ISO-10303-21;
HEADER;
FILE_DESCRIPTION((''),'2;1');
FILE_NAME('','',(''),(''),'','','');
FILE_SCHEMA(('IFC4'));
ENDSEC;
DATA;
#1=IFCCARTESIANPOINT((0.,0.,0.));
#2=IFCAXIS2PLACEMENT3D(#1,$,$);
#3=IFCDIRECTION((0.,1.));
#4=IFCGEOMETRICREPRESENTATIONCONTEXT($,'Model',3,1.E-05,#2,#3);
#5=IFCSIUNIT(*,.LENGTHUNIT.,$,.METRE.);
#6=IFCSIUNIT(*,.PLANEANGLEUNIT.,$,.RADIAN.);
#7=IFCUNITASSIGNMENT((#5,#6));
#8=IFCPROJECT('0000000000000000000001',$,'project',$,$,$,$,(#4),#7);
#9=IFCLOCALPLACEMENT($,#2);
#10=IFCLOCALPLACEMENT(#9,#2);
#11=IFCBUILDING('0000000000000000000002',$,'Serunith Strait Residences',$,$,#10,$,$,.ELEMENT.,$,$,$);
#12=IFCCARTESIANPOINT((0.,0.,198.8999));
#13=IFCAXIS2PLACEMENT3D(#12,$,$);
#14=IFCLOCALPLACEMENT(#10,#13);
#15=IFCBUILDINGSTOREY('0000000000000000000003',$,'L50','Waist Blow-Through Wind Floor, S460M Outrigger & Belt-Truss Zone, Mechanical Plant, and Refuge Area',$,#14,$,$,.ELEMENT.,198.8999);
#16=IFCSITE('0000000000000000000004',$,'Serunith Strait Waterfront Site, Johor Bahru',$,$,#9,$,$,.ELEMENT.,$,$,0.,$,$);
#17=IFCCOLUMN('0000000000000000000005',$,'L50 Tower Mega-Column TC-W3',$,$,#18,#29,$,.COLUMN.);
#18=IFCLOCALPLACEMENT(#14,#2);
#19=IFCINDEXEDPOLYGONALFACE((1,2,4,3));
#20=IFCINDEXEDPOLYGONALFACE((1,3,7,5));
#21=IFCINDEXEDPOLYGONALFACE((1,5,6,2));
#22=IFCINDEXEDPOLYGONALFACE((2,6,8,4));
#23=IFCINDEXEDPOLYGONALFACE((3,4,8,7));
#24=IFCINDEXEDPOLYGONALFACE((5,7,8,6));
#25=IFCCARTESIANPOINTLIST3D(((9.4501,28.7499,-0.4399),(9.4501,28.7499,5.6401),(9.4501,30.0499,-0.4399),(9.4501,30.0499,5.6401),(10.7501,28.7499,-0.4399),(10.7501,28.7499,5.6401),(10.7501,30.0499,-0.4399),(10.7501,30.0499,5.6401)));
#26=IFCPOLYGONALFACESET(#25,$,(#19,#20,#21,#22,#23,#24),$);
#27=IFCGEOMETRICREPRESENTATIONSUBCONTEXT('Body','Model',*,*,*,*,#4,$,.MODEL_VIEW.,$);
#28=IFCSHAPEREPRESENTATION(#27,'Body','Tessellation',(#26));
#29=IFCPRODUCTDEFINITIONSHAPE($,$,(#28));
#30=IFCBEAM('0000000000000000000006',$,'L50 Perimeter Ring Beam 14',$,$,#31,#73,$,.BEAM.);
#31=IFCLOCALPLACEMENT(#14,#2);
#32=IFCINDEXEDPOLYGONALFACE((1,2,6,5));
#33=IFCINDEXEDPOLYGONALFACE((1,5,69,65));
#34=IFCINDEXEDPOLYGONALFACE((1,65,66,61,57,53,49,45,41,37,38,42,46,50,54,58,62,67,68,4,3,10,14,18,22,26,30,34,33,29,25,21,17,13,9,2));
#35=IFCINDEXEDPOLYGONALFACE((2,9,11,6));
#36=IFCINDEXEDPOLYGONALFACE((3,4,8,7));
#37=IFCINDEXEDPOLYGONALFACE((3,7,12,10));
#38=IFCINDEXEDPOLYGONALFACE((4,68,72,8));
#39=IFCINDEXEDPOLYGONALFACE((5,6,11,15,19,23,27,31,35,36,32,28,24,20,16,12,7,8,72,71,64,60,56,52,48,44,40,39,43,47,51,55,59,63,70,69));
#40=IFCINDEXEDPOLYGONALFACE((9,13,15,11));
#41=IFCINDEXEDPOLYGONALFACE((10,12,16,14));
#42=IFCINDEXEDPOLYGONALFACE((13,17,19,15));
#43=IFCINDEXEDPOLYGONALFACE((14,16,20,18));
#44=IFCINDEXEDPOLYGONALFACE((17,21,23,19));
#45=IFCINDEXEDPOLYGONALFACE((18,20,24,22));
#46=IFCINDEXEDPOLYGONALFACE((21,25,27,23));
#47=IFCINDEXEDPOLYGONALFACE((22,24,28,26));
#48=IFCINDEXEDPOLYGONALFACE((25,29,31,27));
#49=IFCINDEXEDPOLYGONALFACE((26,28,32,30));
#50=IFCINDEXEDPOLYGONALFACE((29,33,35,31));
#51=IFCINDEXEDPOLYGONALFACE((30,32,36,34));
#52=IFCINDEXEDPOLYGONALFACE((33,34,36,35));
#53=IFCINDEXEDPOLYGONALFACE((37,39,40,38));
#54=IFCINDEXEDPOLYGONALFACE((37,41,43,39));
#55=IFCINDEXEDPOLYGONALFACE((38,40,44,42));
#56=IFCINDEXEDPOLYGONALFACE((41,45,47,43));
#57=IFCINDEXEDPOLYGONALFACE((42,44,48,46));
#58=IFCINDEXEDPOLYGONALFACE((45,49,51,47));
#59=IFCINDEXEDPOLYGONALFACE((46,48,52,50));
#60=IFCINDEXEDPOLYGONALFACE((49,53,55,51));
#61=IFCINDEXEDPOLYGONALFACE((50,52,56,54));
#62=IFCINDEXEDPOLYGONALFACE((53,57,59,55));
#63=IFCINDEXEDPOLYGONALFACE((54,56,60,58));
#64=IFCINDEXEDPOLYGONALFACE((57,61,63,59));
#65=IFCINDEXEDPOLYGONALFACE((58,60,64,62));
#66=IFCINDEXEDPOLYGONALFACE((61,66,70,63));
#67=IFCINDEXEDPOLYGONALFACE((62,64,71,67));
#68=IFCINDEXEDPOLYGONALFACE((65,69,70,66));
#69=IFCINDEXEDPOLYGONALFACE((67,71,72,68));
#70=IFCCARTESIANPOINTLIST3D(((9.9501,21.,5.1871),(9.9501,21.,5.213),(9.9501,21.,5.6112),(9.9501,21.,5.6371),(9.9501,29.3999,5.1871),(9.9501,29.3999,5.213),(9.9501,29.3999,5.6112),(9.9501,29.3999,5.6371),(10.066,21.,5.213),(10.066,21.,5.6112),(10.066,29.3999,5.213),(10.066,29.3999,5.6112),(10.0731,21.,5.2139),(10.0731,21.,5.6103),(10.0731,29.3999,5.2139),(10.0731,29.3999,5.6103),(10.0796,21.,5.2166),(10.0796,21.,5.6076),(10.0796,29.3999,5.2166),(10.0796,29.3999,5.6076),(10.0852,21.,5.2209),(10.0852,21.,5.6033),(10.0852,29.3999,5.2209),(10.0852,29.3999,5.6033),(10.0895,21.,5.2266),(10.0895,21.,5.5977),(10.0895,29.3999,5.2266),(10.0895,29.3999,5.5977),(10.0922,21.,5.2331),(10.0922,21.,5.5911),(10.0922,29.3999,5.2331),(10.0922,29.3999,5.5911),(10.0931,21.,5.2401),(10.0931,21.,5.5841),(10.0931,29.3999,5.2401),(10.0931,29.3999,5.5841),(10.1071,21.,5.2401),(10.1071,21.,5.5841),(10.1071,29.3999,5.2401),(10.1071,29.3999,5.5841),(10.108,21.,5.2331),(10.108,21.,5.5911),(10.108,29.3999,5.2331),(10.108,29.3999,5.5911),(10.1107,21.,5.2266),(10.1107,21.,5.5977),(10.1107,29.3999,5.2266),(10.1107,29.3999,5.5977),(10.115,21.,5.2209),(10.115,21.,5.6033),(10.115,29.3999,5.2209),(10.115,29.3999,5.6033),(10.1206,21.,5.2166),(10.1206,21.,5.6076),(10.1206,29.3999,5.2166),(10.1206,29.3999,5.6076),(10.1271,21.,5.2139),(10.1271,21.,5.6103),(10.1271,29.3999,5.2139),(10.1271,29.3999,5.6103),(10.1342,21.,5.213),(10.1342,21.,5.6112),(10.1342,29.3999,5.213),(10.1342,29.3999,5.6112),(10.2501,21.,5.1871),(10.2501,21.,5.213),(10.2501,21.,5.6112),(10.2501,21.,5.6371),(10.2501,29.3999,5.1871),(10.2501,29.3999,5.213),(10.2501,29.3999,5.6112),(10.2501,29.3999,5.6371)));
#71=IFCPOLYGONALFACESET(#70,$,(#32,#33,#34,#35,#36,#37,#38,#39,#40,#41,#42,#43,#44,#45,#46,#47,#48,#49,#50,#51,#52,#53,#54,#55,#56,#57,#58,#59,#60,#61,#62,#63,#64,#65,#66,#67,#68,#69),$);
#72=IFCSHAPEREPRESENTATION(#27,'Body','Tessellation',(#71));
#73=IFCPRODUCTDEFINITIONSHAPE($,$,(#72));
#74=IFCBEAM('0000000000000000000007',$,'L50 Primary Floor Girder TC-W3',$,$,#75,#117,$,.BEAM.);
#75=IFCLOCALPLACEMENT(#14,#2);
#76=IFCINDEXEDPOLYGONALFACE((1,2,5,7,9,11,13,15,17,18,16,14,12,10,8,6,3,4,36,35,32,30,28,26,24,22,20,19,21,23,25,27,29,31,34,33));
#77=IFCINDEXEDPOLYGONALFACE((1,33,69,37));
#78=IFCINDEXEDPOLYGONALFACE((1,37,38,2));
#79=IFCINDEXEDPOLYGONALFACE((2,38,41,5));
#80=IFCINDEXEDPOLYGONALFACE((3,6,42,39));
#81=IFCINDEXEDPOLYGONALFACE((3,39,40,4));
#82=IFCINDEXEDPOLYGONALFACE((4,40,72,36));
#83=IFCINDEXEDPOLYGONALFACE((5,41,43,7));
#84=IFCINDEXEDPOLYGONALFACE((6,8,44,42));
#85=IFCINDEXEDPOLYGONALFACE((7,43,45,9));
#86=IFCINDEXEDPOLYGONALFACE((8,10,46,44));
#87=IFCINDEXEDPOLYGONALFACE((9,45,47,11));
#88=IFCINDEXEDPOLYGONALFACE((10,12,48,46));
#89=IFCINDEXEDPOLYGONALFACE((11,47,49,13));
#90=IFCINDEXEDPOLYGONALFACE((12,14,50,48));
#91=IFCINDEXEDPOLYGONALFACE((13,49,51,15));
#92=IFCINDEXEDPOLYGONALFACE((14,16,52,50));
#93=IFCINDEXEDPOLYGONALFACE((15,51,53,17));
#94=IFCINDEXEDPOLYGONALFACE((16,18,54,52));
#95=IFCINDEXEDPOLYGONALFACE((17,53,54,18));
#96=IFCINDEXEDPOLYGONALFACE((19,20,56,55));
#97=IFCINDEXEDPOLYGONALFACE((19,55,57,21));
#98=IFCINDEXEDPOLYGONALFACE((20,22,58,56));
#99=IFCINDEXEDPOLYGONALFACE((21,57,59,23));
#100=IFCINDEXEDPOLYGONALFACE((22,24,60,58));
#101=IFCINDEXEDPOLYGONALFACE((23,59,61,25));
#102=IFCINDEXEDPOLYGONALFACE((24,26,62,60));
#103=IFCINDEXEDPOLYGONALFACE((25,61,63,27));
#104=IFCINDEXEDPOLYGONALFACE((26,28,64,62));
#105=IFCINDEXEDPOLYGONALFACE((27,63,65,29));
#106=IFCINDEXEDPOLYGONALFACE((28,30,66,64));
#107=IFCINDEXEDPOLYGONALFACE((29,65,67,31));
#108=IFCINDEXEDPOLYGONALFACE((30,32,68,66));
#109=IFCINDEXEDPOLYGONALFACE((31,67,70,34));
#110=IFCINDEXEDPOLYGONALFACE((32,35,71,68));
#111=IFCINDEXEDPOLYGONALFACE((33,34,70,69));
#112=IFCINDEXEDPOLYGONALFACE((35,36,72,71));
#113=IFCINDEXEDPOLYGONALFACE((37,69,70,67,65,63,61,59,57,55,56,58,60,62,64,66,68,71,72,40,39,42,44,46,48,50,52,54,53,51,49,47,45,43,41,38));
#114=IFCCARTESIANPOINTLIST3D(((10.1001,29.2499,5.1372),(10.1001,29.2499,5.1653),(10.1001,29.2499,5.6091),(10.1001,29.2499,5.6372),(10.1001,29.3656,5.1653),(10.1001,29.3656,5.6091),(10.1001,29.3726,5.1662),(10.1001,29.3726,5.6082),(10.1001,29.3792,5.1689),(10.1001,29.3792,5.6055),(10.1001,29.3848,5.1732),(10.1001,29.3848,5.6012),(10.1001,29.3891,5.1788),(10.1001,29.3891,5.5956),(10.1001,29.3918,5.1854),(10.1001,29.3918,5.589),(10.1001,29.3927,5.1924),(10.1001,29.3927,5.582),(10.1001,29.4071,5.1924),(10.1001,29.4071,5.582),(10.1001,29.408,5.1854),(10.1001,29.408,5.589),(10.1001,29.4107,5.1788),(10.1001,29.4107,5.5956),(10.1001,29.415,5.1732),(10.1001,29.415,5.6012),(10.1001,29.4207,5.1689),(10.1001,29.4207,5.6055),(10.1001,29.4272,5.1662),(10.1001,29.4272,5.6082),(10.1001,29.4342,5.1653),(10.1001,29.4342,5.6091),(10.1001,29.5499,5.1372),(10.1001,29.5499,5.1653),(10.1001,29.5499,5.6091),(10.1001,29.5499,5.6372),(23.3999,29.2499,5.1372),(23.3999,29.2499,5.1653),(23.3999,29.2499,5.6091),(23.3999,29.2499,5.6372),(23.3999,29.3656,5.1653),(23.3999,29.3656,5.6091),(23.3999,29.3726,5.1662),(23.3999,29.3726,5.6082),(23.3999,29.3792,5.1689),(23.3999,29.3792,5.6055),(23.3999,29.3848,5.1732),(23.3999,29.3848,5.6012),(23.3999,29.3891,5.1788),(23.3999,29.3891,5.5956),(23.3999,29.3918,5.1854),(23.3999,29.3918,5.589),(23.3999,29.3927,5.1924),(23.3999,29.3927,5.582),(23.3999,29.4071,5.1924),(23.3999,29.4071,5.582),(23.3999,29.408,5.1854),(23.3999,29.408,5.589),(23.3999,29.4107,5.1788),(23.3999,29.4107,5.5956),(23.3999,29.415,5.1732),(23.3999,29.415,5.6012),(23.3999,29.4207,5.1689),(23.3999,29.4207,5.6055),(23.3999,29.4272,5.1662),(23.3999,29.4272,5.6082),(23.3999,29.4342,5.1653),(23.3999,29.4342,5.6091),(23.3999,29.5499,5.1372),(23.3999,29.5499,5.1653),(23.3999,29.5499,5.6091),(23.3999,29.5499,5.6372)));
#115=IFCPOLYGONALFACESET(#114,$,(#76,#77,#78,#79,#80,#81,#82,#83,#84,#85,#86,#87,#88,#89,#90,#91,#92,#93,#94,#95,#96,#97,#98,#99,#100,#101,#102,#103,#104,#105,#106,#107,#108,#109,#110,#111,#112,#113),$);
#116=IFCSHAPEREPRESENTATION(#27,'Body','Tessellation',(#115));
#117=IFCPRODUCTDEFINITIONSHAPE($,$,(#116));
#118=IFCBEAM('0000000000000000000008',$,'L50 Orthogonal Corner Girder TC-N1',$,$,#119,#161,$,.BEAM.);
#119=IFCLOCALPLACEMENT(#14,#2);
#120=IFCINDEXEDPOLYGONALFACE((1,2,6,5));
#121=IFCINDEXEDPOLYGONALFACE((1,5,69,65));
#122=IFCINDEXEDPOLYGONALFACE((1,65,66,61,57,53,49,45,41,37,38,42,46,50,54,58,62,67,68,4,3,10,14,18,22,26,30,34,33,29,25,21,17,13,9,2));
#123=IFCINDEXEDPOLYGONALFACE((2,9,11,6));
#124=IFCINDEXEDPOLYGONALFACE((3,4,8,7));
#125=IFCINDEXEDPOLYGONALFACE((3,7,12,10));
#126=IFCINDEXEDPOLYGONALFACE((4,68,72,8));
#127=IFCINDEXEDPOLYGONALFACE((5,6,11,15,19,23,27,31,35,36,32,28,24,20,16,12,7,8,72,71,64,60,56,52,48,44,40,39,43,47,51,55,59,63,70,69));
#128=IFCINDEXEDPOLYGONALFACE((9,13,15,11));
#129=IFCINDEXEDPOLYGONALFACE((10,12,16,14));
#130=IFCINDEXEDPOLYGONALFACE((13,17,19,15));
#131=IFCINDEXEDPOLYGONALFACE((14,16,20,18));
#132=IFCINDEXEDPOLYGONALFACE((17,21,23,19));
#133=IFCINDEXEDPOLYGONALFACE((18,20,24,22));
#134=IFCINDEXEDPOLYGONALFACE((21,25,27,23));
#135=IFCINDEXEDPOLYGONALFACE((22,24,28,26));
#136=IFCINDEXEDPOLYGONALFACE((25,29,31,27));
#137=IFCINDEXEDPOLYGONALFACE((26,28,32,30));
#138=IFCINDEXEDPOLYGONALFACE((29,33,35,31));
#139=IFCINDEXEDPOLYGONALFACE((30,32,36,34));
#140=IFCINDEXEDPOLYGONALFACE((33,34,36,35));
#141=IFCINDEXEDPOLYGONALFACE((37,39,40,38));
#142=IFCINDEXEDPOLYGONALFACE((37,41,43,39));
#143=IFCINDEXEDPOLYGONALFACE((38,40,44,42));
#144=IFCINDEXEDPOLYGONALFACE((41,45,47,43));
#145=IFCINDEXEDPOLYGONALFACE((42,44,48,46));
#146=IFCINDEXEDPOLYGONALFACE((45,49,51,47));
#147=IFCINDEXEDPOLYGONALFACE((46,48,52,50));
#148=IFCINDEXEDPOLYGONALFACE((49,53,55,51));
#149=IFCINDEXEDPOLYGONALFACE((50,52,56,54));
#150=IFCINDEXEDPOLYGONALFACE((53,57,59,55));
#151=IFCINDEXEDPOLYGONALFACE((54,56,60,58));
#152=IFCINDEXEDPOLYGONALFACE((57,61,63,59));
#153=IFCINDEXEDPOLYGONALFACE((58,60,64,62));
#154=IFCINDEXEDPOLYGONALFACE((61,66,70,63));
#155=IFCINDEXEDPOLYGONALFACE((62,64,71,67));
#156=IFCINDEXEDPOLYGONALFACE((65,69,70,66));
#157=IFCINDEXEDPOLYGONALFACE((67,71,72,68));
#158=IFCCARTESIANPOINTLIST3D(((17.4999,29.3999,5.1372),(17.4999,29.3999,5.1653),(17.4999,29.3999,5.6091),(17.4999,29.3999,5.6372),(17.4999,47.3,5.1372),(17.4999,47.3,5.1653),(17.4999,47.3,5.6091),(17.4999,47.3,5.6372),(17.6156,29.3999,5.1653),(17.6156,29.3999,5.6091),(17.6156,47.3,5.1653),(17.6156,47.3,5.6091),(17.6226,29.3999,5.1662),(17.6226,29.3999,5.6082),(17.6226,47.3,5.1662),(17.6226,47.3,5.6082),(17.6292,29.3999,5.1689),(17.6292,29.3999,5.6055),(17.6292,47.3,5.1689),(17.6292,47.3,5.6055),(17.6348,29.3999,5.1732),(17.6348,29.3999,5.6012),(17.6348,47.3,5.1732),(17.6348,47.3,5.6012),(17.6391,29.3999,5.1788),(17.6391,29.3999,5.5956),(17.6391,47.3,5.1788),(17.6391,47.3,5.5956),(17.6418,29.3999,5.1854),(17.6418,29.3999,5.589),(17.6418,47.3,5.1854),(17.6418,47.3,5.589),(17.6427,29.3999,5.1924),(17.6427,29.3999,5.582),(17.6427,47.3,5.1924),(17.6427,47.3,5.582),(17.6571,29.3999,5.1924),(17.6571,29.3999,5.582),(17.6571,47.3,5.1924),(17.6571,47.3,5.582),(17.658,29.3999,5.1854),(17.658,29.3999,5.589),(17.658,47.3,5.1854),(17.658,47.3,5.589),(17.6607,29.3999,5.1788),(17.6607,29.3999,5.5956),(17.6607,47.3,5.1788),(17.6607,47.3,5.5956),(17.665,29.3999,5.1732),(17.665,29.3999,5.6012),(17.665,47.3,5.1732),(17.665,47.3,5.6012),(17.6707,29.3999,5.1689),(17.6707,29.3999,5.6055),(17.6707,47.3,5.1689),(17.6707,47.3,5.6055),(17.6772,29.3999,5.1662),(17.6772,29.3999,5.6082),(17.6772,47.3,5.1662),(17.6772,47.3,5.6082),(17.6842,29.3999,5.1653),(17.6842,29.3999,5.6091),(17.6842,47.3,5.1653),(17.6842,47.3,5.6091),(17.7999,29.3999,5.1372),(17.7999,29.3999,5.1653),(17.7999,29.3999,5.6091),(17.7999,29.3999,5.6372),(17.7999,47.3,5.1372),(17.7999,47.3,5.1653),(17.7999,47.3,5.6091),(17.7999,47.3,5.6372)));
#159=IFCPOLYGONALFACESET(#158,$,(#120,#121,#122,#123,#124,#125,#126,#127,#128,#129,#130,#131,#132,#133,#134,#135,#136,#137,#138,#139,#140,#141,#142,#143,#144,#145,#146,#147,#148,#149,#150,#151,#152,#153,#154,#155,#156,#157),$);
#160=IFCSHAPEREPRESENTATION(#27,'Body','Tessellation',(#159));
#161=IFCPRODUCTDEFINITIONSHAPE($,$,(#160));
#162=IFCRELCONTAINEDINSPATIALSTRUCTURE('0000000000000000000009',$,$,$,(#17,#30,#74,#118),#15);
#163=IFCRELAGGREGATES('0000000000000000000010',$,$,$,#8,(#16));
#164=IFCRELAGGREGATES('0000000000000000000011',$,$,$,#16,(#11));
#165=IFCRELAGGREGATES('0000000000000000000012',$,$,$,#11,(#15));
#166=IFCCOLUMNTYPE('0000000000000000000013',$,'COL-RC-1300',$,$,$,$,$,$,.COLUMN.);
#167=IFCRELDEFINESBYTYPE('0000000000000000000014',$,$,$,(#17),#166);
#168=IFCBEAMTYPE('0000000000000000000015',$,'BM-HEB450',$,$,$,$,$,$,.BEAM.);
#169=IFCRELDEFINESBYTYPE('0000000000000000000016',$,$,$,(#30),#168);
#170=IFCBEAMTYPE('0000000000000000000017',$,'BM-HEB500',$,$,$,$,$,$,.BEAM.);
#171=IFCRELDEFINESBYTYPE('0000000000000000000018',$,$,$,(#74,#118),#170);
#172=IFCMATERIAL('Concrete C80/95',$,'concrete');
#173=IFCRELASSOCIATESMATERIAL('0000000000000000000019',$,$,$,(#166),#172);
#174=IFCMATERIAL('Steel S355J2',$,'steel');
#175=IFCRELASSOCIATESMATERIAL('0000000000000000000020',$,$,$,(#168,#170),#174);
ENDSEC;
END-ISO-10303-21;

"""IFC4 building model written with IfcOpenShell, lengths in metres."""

from ifc_helpers import new_model, si_unit, direction, frame, origin, origin_2d, place, context, subcontext, project, spatial, rectangle, i_section, extrude, source, transform, mapped, material, material_profile, profile_set, type_object, element, save


model = new_model("IFC4")

# Units and contexts
model_context = context("Model", 3, precision=1e-05, world=origin(), true_north=direction((0.0, 1.0)))
body_context = subcontext(model_context, "Body", "Model", "MODEL_VIEW")
ifc_project = project(units=[si_unit("LENGTHUNIT", "METRE"), si_unit("PLANEANGLEUNIT", "RADIAN")], contexts=[model_context])

# Site, building, storey
site_placement = place(None, origin())
site = spatial("IfcSite", under=ifc_project, at=site_placement, Name="Serunith Strait Waterfront Site, Johor Bahru", CompositionType="ELEMENT", RefElevation=0.0)
building_placement = place(site_placement, origin())
building = spatial("IfcBuilding", under=site, at=building_placement, Name="Serunith Strait Residences", CompositionType="ELEMENT")
storey_placement = place(building_placement, frame((0.0, 0.0, 198.8999)))
storey = spatial("IfcBuildingStorey", under=building, at=storey_placement, Name="L50", Description="Waist Blow-Through Wind Floor, S460M Outrigger & Belt-Truss Zone, Mechanical Plant, and Refuge Area", CompositionType="ELEMENT", Elevation=198.8999)

# Column
ifc_material_1 = material(Name="Concrete C80/95", Category="concrete")
ifc_material_profile_1 = material_profile(ifc_material_1, rectangle(XDim=1.3, YDim=1.3, at=origin_2d()), Name="RC 1300x1300")
ifc_profile_set_1 = profile_set([ifc_material_profile_1], Name="Concrete C80/95")
column_type = type_object("IfcColumnType", Name="COL-RC-1300", PredefinedType="COLUMN", material=ifc_profile_set_1)
shared_shape_1 = source(origin(), body_context, "Body", "SweptSolid", [
    extrude(rectangle(XDim=1.3, YDim=1.3, at=origin_2d()), origin(), (0.0, 0.0, 1.0), 6.0801),
])
column_placement = place(storey_placement, frame((10.1001, 29.3999, -0.4399), z_axis=(0.0, 0.0, 1.0), x_axis=(1.0, 0.0, 0.0)))
element("IfcColumn", 1, at=column_placement, inside=storey, type_object=column_type, Name="L50 Tower Mega-Column TC-W3", PredefinedType="COLUMN", context=body_context, shape_type="MappedRepresentation", body=[
    mapped(shared_shape_1, transform((0.0, 0.0, 0.0), scale=1.0)),
])

# Beams
ifc_material_2 = material(Name="Steel S355J2", Category="steel")
ifc_material_profile_2 = material_profile(ifc_material_2, i_section(OverallWidth=0.3, OverallDepth=0.45, WebThickness=0.0139, FlangeThickness=0.0259, FilletRadius=0.0271, at=origin_2d()), Name="HEB 450")
ifc_profile_set_2 = profile_set([ifc_material_profile_2], Name="Steel S355J2")
beam_type_1 = type_object("IfcBeamType", Name="BM-HEB450", PredefinedType="BEAM", material=ifc_profile_set_2)
shared_shape_2 = source(origin(), body_context, "Body", "SweptSolid", [
    extrude(i_section(OverallWidth=0.3, OverallDepth=0.45, WebThickness=0.0139, FlangeThickness=0.0259, FilletRadius=0.0271, at=origin_2d()), origin(), (0.0, 0.0, 1.0), 8.3999),
])
beam_1_placement = place(storey_placement, frame((10.1001, 29.3999, 5.4121), z_axis=(0.0, -1.0, 0.0), x_axis=(1.0, 0.0, 0.0)))
element("IfcBeam", 2, at=beam_1_placement, inside=storey, type_object=beam_type_1, Name="L50 Perimeter Ring Beam 14", PredefinedType="BEAM", context=body_context, shape_type="MappedRepresentation", body=[
    mapped(shared_shape_2, transform((0.0, 0.0, 0.0), scale=1.0)),
])
ifc_material_profile_3 = material_profile(ifc_material_2, i_section(OverallWidth=0.3, OverallDepth=0.5, WebThickness=0.0144, FlangeThickness=0.0281, FilletRadius=0.0271, at=origin_2d()), Name="HEB 500")
ifc_profile_set_3 = profile_set([ifc_material_profile_3], Name="Steel S355J2")
beam_type_2 = type_object("IfcBeamType", Name="BM-HEB500", PredefinedType="BEAM", material=ifc_profile_set_3)
shared_shape_3 = source(origin(), body_context, "Body", "SweptSolid", [
    extrude(i_section(OverallWidth=0.3, OverallDepth=0.5, WebThickness=0.0144, FlangeThickness=0.0281, FilletRadius=0.0271, at=origin_2d()), origin(), (0.0, 0.0, 1.0), 13.2998),
])
beam_2_placement = place(storey_placement, frame((23.3999, 29.3999, 5.3872), z_axis=(-1.0, 0.0, 0.0), x_axis=(0.0, -1.0, 0.0)))
element("IfcBeam", 3, at=beam_2_placement, inside=storey, type_object=beam_type_2, Name="L50 Primary Floor Girder TC-W3", PredefinedType="BEAM", context=body_context, shape_type="MappedRepresentation", body=[
    mapped(shared_shape_3, transform((0.0, 0.0, 0.0), scale=1.0)),
])
shared_shape_4 = source(origin(), body_context, "Body", "SweptSolid", [
    extrude(i_section(OverallWidth=0.3, OverallDepth=0.5, WebThickness=0.0144, FlangeThickness=0.0281, FilletRadius=0.0271, at=origin_2d()), origin(), (0.0, 0.0, 1.0), 17.9001),
])
beam_3_placement = place(storey_placement, frame((17.6499, 29.3999, 5.3872), z_axis=(0.0, 1.0, 0.0), x_axis=(-1.0, 0.0, 0.0)))
element("IfcBeam", 4, at=beam_3_placement, inside=storey, type_object=beam_type_2, Name="L50 Orthogonal Corner Girder TC-N1", PredefinedType="BEAM", context=body_context, shape_type="MappedRepresentation", body=[
    mapped(shared_shape_4, transform((0.0, 0.0, 0.0), scale=1.0)),
])

save(model, "model.ifc")
